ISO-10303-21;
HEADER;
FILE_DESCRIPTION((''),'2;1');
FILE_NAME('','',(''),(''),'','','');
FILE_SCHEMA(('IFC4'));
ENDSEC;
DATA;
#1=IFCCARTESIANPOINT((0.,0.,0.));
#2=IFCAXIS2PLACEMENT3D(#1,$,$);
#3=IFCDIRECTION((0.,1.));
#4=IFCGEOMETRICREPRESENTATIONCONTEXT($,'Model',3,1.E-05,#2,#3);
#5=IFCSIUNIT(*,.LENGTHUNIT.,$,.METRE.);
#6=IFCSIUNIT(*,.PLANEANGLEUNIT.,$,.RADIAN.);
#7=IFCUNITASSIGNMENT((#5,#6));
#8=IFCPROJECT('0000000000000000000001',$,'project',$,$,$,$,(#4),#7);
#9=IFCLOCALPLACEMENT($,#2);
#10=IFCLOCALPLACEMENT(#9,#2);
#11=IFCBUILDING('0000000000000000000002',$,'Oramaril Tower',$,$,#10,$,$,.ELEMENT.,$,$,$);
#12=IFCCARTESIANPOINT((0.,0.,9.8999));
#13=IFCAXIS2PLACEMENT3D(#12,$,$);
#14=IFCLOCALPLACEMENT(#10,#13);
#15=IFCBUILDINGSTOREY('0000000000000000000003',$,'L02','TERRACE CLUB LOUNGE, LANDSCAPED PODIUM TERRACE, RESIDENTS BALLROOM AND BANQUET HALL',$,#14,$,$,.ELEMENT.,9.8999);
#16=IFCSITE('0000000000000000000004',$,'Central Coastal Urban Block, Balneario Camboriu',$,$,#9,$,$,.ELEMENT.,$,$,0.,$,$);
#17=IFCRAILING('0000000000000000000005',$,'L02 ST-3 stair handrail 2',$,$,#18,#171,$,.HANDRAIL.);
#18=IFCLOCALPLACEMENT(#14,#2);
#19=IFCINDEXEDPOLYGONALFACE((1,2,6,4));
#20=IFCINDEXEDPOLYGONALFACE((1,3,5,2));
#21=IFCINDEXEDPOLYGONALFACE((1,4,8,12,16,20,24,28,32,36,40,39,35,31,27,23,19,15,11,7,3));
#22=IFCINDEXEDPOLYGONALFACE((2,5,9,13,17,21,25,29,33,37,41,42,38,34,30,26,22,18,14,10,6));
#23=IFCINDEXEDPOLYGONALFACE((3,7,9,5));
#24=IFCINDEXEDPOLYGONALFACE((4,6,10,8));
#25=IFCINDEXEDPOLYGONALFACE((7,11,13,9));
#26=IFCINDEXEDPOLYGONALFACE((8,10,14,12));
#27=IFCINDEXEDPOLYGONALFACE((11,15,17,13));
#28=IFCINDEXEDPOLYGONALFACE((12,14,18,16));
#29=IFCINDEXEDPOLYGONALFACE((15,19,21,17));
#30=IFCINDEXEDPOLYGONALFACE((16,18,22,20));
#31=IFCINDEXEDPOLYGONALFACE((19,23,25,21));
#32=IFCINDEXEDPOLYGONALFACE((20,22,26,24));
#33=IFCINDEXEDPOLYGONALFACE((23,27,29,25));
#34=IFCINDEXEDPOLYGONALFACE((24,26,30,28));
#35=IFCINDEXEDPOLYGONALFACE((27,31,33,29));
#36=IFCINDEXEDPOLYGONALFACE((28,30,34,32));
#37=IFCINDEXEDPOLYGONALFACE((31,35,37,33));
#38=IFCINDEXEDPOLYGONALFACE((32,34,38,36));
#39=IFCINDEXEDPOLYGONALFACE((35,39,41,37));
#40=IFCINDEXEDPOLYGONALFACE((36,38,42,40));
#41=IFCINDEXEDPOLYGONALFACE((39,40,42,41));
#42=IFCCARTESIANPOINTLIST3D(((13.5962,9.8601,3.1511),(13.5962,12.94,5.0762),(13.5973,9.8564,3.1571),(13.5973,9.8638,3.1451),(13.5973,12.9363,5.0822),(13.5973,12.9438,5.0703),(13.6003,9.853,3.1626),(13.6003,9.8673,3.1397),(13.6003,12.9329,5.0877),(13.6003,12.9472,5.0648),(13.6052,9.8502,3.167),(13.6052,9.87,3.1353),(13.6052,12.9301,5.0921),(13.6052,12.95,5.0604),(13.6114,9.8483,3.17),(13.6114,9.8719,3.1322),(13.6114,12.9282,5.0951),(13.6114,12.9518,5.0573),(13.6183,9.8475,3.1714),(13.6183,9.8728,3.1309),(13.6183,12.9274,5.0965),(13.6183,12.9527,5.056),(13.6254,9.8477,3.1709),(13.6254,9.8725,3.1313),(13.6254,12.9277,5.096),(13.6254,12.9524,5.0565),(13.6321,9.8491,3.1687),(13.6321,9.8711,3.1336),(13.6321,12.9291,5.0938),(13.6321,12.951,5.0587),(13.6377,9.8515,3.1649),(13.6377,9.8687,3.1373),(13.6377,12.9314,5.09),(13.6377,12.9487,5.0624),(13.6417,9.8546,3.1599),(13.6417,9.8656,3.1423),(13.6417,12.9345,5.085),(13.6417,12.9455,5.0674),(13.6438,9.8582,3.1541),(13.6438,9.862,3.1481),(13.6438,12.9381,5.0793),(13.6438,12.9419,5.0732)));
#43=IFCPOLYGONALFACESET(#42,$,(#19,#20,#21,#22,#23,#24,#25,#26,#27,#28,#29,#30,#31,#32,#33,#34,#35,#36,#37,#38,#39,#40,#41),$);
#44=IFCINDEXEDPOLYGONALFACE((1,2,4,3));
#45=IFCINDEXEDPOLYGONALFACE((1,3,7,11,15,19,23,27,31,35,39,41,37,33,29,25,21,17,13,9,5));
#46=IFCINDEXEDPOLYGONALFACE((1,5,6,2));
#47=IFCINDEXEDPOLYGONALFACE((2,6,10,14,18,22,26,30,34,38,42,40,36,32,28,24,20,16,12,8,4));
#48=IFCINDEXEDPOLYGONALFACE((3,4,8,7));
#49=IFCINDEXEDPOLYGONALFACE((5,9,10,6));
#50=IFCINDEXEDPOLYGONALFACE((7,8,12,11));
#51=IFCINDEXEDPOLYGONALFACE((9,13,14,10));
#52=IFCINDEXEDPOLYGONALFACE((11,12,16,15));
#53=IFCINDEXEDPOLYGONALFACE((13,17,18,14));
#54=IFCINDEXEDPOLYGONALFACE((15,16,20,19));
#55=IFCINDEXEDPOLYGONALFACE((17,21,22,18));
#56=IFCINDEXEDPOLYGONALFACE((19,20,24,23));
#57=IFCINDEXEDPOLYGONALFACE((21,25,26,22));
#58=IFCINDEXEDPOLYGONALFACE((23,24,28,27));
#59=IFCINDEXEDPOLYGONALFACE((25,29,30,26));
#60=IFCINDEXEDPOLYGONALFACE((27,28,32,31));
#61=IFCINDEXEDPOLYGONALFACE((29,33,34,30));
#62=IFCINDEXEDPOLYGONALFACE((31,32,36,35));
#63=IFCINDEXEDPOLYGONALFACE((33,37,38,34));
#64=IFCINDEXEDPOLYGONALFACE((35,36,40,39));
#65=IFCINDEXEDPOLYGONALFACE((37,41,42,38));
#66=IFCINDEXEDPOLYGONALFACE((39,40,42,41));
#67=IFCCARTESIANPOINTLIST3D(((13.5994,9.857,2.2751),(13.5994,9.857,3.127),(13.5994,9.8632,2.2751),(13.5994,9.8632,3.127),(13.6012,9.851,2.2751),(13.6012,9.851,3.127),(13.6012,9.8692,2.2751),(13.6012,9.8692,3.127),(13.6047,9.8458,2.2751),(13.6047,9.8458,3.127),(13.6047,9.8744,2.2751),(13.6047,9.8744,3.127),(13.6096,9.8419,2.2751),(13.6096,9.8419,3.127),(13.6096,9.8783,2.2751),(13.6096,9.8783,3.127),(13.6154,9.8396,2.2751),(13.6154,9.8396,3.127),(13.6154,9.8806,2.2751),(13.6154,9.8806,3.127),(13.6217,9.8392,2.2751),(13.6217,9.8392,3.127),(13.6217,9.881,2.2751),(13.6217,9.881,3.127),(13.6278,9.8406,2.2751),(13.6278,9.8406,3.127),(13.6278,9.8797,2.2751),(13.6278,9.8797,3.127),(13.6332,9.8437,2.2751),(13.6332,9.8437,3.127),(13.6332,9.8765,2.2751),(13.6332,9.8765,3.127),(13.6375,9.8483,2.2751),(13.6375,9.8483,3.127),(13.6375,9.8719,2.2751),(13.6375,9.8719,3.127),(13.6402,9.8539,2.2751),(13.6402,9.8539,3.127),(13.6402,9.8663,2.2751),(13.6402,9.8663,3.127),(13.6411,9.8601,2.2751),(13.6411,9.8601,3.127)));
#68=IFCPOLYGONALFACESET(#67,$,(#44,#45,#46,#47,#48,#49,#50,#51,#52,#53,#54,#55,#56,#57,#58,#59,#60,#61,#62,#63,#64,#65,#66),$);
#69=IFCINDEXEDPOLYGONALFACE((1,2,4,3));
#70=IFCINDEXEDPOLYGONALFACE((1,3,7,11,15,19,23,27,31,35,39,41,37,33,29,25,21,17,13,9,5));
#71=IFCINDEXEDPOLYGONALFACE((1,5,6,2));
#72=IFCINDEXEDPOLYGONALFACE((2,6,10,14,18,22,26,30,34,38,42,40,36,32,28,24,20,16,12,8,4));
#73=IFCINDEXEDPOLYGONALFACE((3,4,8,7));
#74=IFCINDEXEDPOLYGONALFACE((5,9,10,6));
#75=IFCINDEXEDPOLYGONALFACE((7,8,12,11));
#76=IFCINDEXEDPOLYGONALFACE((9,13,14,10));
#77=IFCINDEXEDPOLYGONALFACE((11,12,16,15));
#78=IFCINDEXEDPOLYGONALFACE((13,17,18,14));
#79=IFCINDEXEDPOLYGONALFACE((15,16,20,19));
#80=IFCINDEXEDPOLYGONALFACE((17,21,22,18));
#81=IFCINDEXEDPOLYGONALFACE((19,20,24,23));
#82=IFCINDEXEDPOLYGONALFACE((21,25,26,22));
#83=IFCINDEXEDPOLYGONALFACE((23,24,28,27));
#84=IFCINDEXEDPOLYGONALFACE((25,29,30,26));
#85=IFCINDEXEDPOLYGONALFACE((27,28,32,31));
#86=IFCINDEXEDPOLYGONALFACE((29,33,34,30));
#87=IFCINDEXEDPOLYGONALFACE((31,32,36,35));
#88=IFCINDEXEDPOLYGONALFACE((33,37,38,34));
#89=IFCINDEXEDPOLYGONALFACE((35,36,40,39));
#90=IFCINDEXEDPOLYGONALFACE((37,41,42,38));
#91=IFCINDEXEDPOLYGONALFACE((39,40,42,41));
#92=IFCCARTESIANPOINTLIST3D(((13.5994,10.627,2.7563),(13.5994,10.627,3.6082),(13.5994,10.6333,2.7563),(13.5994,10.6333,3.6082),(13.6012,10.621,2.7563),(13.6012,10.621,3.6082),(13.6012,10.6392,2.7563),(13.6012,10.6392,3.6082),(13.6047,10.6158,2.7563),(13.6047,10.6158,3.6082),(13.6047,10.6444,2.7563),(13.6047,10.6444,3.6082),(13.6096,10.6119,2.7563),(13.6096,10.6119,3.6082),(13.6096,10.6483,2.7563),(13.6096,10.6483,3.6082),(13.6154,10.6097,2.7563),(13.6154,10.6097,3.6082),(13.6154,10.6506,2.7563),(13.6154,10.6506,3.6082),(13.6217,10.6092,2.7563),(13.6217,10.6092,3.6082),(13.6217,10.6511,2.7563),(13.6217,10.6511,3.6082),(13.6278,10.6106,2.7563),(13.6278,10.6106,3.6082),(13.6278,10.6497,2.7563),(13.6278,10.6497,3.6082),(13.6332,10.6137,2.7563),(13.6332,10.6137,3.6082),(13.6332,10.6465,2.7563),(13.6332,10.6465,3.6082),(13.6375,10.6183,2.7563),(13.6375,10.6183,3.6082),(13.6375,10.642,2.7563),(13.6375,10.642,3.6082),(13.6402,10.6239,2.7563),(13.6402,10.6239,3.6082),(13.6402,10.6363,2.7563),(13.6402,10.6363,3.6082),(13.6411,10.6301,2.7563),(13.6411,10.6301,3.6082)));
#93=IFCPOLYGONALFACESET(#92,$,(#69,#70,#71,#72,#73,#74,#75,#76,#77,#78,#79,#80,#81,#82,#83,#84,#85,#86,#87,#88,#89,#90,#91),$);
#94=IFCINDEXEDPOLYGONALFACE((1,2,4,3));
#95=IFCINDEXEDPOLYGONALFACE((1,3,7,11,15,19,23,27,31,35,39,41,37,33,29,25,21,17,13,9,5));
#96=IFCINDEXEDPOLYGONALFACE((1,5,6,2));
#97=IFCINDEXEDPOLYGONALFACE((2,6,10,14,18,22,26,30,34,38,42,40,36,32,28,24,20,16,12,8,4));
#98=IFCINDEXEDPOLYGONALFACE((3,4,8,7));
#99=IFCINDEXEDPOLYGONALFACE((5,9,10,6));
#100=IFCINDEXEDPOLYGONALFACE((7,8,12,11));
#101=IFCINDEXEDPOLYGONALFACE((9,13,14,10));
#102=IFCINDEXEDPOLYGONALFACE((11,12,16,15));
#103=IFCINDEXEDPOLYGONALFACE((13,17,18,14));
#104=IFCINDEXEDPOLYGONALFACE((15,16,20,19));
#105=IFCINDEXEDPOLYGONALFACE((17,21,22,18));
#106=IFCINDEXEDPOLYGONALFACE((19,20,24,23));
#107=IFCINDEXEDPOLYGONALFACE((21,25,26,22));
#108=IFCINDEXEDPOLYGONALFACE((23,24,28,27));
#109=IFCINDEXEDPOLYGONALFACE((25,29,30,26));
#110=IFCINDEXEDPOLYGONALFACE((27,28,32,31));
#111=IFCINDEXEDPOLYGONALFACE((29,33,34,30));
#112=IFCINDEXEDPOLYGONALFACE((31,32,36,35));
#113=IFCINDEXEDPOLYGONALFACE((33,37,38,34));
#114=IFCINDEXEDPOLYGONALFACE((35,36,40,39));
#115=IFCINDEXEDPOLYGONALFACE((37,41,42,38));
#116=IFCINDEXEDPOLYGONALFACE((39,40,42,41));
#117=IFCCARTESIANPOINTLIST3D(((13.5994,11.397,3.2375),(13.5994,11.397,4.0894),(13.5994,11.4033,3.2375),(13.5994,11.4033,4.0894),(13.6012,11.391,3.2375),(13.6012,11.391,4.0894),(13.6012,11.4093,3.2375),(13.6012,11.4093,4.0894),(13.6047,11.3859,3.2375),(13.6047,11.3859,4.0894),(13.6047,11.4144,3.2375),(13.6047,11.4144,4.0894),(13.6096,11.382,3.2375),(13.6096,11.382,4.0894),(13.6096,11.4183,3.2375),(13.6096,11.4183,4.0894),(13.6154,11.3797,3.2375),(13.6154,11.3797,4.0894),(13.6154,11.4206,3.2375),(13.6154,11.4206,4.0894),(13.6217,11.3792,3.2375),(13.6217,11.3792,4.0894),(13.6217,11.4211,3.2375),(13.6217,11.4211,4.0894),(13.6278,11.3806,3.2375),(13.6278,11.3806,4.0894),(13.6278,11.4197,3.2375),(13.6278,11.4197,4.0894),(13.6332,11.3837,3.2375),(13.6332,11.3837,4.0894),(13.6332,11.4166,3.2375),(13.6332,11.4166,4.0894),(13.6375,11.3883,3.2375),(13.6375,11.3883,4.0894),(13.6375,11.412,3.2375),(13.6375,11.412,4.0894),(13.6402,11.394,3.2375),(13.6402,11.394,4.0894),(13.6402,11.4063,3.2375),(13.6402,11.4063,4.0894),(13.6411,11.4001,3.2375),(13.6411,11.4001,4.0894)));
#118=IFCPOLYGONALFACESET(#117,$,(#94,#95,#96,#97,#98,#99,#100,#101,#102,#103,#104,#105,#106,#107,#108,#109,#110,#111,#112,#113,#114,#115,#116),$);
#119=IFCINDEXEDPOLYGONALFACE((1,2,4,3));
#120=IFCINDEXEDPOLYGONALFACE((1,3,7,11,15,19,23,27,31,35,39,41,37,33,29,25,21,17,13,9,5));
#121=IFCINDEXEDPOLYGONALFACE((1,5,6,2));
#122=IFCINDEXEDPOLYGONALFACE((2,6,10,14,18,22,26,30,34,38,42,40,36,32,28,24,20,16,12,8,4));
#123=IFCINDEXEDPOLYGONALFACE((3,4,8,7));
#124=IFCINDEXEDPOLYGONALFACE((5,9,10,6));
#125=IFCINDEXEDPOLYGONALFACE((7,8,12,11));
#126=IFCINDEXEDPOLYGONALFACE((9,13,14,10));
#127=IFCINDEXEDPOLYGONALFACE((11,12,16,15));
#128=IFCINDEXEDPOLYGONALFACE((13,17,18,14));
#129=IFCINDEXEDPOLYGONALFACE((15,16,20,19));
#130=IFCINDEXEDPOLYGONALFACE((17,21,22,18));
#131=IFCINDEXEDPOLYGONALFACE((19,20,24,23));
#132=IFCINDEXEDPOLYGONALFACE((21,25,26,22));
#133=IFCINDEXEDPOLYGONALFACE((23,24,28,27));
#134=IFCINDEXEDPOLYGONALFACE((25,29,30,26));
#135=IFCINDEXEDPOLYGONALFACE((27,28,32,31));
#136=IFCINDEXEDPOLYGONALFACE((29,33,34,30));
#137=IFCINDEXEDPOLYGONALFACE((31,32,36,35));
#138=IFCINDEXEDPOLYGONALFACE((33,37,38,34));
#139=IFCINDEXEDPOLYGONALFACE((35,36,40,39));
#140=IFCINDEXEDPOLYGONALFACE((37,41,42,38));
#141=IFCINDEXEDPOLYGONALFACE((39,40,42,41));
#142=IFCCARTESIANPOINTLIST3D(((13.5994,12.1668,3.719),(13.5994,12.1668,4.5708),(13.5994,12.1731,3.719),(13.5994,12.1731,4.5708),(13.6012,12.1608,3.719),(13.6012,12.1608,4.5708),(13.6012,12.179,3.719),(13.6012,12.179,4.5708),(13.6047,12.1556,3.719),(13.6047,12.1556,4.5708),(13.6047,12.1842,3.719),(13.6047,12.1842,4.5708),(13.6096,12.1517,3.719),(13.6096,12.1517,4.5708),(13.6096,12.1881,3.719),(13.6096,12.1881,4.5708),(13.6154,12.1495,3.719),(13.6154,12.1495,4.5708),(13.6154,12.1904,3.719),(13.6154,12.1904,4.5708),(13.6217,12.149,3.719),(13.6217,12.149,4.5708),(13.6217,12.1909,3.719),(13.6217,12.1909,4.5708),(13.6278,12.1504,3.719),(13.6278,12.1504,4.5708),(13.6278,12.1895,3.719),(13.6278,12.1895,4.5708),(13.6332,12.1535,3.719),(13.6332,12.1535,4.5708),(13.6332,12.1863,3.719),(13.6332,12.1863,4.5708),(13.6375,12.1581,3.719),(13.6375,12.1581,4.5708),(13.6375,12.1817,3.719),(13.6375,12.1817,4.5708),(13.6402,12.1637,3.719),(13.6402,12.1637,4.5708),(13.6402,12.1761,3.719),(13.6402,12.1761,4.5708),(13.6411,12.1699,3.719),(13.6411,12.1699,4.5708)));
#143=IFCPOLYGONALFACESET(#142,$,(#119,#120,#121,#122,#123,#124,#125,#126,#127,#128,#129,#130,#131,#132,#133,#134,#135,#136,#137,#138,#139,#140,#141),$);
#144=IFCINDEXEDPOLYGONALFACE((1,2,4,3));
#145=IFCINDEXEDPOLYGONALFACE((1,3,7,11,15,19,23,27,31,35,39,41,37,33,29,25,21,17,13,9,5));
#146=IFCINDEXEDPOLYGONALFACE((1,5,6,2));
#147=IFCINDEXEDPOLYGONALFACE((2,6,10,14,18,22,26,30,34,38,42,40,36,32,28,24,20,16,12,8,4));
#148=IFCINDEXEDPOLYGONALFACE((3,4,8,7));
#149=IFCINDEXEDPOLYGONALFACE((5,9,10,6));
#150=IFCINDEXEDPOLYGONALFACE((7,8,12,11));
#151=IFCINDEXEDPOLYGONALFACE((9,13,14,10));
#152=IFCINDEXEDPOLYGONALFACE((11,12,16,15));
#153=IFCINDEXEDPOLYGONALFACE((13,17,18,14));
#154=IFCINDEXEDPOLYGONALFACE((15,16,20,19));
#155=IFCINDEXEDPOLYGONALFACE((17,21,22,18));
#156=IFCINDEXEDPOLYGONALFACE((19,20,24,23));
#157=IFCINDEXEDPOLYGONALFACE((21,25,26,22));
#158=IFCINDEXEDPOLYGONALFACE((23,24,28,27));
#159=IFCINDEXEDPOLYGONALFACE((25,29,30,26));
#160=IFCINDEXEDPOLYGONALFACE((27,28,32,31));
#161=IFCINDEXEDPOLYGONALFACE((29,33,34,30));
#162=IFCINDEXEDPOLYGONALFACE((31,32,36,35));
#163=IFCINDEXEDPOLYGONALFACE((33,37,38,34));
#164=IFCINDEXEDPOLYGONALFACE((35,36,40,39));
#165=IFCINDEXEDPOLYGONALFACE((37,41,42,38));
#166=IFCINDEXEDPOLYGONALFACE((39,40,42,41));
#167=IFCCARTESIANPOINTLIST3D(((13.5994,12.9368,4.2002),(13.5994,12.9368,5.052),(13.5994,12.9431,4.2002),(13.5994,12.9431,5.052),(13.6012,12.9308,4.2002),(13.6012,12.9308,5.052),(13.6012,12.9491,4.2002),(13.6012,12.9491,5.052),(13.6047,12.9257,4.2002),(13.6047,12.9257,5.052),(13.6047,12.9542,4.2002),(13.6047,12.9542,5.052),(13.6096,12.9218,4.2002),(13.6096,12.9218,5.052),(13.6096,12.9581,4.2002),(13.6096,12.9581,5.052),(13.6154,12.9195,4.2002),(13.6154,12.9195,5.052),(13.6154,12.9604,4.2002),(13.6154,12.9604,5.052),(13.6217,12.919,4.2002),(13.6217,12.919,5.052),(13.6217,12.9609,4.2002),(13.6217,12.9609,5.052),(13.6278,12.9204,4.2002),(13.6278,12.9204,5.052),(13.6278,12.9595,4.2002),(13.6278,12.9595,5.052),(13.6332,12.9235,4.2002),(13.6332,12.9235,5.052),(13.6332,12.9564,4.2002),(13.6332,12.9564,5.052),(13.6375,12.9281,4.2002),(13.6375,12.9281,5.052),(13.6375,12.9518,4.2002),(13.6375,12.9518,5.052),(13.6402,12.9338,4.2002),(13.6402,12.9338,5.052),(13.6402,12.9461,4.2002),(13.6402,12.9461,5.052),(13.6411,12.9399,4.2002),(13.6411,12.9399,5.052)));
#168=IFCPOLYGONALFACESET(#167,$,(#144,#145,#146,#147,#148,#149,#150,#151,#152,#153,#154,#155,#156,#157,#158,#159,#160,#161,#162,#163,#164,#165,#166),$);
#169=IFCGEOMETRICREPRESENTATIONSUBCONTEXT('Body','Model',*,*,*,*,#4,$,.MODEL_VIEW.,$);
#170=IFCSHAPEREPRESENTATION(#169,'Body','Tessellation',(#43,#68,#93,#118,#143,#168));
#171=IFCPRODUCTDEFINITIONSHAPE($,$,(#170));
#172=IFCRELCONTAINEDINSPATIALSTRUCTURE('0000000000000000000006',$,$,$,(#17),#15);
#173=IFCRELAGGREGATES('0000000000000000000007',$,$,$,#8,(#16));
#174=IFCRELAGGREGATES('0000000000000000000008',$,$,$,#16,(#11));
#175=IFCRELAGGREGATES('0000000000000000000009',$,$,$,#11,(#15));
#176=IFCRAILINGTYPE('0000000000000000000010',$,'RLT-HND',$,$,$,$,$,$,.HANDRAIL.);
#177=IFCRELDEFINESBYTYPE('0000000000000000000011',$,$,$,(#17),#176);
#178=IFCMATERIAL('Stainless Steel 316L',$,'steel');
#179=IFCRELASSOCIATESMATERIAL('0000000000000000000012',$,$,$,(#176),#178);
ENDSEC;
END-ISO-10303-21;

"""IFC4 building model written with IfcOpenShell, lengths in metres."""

from ifc_helpers import new_model, si_unit, direction, frame, origin, origin_2d, place, context, subcontext, project, spatial, circle, extrude, material, type_object, element, save


model = new_model("IFC4")

# Units and contexts
model_context = context("Model", 3, precision=1e-05, world=origin(), true_north=direction((0.0, 1.0)))
body_context = subcontext(model_context, "Body", "Model", "MODEL_VIEW")
ifc_project = project(units=[si_unit("LENGTHUNIT", "METRE"), si_unit("PLANEANGLEUNIT", "RADIAN")], contexts=[model_context])

# Site, building, storey
site_placement = place(None, origin())
site = spatial("IfcSite", under=ifc_project, at=site_placement, Name="Central Coastal Urban Block, Balneario Camboriu", CompositionType="ELEMENT", RefElevation=0.0)
building_placement = place(site_placement, origin())
building = spatial("IfcBuilding", under=site, at=building_placement, Name="Oramaril Tower", CompositionType="ELEMENT")
storey_placement = place(building_placement, frame((0.0, 0.0, 9.8999)))
storey = spatial("IfcBuildingStorey", under=building, at=storey_placement, Name="L02", Description="TERRACE CLUB LOUNGE, LANDSCAPED PODIUM TERRACE, RESIDENTS BALLROOM AND BANQUET HALL", CompositionType="ELEMENT", Elevation=9.8999)

# Railing
ifc_material_1 = material(Name="Stainless Steel 316L", Category="steel")
railing_type_1 = type_object("IfcRailingType", Name="RLT-HND", PredefinedType="HANDRAIL", material=ifc_material_1)
railing_1_placement = place(storey_placement, frame((13.6201, 9.8601, 2.2751)))
element("IfcRailing", 1, at=railing_1_placement, inside=storey, type_object=railing_type_1, Name="L02 ST-3 stair handrail 2", PredefinedType="HANDRAIL", context=body_context, shape_type="SweptSolid", body=[
    extrude(circle(Radius=0.0239, at=origin_2d()), frame((0.0, 0.0, 0.876), z_axis=(0.0, 0.847979, 0.530029), x_axis=(-1.0, 0.0, 0.0)), (0.0, 0.0, 1.0), 3.6321),
    extrude(circle(Radius=0.021, at=origin_2d()), origin(), (0.0, 0.0, 1.0), 0.8518),
    extrude(circle(Radius=0.021, at=origin_2d()), frame((0.0, 0.77, 0.4812)), (0.0, 0.0, 1.0), 0.8518),
    extrude(circle(Radius=0.021, at=origin_2d()), frame((0.0, 1.54, 0.9624)), (0.0, 0.0, 1.0), 0.8518),
    extrude(circle(Radius=0.021, at=origin_2d()), frame((0.0, 2.3098, 1.4438)), (0.0, 0.0, 1.0), 0.8518),
    extrude(circle(Radius=0.021, at=origin_2d()), frame((0.0, 3.0798, 1.925)), (0.0, 0.0, 1.0), 0.8518),
])

save(model, "model.ifc")
